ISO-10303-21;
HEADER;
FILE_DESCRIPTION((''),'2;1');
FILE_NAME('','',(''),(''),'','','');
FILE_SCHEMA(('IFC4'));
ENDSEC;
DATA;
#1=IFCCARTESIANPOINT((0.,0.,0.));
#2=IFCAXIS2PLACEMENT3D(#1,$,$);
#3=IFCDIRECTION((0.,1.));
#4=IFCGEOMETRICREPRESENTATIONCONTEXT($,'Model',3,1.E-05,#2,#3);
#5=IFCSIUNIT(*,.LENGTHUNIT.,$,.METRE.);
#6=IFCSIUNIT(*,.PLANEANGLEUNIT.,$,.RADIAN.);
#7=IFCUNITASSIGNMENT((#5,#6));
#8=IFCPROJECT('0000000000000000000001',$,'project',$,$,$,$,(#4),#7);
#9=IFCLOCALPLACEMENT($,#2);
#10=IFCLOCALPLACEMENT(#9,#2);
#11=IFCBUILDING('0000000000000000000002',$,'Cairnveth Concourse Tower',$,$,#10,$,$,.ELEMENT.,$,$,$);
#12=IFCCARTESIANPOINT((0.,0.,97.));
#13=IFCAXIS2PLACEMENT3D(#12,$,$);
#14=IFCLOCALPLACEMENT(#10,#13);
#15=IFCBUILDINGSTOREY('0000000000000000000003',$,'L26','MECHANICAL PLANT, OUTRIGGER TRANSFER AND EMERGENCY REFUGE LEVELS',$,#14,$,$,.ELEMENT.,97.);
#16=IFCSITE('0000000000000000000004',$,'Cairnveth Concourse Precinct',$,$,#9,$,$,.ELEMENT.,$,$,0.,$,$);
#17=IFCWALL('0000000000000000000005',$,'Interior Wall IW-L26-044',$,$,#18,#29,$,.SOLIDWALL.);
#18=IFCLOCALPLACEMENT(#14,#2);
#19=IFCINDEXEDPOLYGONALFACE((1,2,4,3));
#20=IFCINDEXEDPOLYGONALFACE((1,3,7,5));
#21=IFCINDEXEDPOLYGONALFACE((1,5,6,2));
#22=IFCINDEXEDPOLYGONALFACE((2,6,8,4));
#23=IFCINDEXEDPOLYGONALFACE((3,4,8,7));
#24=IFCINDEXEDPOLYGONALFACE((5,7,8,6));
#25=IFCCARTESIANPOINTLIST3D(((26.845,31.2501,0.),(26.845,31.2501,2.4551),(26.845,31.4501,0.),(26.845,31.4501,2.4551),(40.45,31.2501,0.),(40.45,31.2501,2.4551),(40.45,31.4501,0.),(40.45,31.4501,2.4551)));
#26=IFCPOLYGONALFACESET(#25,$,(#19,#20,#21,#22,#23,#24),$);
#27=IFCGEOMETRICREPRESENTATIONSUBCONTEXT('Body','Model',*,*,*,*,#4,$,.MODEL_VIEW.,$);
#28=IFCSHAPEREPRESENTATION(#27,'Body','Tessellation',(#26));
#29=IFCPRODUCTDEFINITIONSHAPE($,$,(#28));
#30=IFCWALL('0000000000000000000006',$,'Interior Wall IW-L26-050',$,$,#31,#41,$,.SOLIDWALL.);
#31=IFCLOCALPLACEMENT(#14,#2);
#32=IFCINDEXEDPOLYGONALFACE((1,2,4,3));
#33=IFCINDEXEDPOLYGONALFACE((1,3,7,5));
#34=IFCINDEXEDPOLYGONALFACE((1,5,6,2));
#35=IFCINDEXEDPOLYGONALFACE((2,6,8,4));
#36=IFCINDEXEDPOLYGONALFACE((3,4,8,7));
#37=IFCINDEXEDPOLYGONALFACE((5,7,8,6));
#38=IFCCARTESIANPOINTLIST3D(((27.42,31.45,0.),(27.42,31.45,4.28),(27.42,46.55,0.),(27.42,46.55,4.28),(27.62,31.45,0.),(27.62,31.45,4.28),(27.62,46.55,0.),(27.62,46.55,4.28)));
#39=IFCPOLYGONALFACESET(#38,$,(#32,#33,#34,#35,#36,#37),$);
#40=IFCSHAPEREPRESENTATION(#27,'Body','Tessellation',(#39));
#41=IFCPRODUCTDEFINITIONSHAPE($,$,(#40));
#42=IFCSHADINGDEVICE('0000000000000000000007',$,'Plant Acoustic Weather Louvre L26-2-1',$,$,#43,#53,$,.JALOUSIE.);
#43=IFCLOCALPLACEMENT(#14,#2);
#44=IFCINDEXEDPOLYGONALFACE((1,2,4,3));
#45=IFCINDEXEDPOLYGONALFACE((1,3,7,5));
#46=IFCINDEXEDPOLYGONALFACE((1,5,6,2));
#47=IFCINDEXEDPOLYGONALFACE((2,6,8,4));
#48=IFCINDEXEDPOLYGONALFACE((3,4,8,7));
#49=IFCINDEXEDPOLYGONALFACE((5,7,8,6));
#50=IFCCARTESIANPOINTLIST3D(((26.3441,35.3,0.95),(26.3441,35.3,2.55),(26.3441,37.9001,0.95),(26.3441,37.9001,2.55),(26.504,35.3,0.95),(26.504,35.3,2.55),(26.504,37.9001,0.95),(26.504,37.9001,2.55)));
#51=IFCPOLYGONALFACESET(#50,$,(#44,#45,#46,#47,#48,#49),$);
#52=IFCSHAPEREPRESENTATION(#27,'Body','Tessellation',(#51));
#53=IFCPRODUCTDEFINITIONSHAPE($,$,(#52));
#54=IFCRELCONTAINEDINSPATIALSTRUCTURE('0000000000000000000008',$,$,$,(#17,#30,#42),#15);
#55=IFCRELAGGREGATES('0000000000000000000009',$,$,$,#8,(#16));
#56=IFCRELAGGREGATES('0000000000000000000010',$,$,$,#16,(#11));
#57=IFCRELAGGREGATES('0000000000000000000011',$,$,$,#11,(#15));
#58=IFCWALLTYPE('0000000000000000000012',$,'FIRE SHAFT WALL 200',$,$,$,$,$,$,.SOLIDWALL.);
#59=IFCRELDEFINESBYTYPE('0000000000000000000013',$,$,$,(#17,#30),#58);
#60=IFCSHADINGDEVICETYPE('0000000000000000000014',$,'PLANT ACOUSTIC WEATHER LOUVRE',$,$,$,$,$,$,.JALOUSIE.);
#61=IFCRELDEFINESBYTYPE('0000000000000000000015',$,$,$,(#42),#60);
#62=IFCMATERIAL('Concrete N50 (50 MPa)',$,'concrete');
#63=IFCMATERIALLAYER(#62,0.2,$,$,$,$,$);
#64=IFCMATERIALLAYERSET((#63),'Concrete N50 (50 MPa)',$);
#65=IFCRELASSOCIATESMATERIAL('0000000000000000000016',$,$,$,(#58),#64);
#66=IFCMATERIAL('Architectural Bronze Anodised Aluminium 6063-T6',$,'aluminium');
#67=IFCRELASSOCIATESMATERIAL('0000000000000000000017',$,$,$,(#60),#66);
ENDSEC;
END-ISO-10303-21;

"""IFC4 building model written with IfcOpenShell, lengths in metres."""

from ifc_helpers import new_model, si_unit, direction, frame, frame_2d, origin, origin_2d, place, context, subcontext, project, spatial, rectangle, extrude, material, layer, layer_set, type_object, element, save


model = new_model("IFC4")

# Units and contexts
model_context = context("Model", 3, precision=1e-05, world=origin(), true_north=direction((0.0, 1.0)))
body_context = subcontext(model_context, "Body", "Model", "MODEL_VIEW")
ifc_project = project(units=[si_unit("LENGTHUNIT", "METRE"), si_unit("PLANEANGLEUNIT", "RADIAN")], contexts=[model_context])

# Site, building, storey
site_placement = place(None, origin())
site = spatial("IfcSite", under=ifc_project, at=site_placement, Name="Cairnveth Concourse Precinct", CompositionType="ELEMENT", RefElevation=0.0)
building_placement = place(site_placement, origin())
building = spatial("IfcBuilding", under=site, at=building_placement, Name="Cairnveth Concourse Tower", CompositionType="ELEMENT")
storey_placement = place(building_placement, frame((0.0, 0.0, 97.0)))
storey = spatial("IfcBuildingStorey", under=building, at=storey_placement, Name="L26", Description="MECHANICAL PLANT, OUTRIGGER TRANSFER AND EMERGENCY REFUGE LEVELS", CompositionType="ELEMENT", Elevation=97.0)

# Walls
ifc_material_1 = material(Name="Concrete N50 (50 MPa)", Category="concrete")
ifc_layer_1 = layer(ifc_material_1, 0.2)
ifc_layer_set_1 = layer_set([ifc_layer_1], Name="Concrete N50 (50 MPa)")
wall_type = type_object("IfcWallType", Name="FIRE SHAFT WALL 200", PredefinedType="SOLIDWALL", material=ifc_layer_set_1)
wall_1_placement = place(storey_placement, frame((26.845, 31.3501, 0.0), z_axis=(0.0, 0.0, 1.0), x_axis=(1.0, 0.0, 0.0)))
element("IfcWall", 1, at=wall_1_placement, inside=storey, type_object=wall_type, Name="Interior Wall IW-L26-044", PredefinedType="SOLIDWALL", context=body_context, shape_type="SweptSolid", body=[
    extrude(rectangle(XDim=13.605, YDim=0.2, at=frame_2d((6.8025, 0.0))), origin(), (0.0, 0.0, 1.0), 2.4551),
])
wall_2_placement = place(storey_placement, frame((27.52, 31.45, 0.0), z_axis=(0.0, 0.0, 1.0), x_axis=(0.0, 1.0, 0.0)))
element("IfcWall", 2, at=wall_2_placement, inside=storey, type_object=wall_type, Name="Interior Wall IW-L26-050", PredefinedType="SOLIDWALL", context=body_context, shape_type="SweptSolid", body=[
    extrude(rectangle(XDim=15.1001, YDim=0.2, at=frame_2d((7.55, 0.0))), origin(), (0.0, 0.0, 1.0), 4.28),
])

# Shading device
ifc_material_2 = material(Name="Architectural Bronze Anodised Aluminium 6063-T6", Category="aluminium")
shading_device_type = type_object("IfcShadingDeviceType", Name="PLANT ACOUSTIC WEATHER LOUVRE", PredefinedType="JALOUSIE", material=ifc_material_2)
shading_device_placement = place(storey_placement, frame((26.4241, 36.6001, 0.95), z_axis=(0.0, 0.0, 1.0), x_axis=(1.0, 0.0, 0.0)))
element("IfcShadingDevice", 3, at=shading_device_placement, inside=storey, type_object=shading_device_type, Name="Plant Acoustic Weather Louvre L26-2-1", PredefinedType="JALOUSIE", context=body_context, shape_type="SweptSolid", body=[
    extrude(rectangle(XDim=0.1599, YDim=2.6001, at=origin_2d()), origin(), (0.0, 0.0, 1.0), 1.6001),
])

save(model, "model.ifc")
